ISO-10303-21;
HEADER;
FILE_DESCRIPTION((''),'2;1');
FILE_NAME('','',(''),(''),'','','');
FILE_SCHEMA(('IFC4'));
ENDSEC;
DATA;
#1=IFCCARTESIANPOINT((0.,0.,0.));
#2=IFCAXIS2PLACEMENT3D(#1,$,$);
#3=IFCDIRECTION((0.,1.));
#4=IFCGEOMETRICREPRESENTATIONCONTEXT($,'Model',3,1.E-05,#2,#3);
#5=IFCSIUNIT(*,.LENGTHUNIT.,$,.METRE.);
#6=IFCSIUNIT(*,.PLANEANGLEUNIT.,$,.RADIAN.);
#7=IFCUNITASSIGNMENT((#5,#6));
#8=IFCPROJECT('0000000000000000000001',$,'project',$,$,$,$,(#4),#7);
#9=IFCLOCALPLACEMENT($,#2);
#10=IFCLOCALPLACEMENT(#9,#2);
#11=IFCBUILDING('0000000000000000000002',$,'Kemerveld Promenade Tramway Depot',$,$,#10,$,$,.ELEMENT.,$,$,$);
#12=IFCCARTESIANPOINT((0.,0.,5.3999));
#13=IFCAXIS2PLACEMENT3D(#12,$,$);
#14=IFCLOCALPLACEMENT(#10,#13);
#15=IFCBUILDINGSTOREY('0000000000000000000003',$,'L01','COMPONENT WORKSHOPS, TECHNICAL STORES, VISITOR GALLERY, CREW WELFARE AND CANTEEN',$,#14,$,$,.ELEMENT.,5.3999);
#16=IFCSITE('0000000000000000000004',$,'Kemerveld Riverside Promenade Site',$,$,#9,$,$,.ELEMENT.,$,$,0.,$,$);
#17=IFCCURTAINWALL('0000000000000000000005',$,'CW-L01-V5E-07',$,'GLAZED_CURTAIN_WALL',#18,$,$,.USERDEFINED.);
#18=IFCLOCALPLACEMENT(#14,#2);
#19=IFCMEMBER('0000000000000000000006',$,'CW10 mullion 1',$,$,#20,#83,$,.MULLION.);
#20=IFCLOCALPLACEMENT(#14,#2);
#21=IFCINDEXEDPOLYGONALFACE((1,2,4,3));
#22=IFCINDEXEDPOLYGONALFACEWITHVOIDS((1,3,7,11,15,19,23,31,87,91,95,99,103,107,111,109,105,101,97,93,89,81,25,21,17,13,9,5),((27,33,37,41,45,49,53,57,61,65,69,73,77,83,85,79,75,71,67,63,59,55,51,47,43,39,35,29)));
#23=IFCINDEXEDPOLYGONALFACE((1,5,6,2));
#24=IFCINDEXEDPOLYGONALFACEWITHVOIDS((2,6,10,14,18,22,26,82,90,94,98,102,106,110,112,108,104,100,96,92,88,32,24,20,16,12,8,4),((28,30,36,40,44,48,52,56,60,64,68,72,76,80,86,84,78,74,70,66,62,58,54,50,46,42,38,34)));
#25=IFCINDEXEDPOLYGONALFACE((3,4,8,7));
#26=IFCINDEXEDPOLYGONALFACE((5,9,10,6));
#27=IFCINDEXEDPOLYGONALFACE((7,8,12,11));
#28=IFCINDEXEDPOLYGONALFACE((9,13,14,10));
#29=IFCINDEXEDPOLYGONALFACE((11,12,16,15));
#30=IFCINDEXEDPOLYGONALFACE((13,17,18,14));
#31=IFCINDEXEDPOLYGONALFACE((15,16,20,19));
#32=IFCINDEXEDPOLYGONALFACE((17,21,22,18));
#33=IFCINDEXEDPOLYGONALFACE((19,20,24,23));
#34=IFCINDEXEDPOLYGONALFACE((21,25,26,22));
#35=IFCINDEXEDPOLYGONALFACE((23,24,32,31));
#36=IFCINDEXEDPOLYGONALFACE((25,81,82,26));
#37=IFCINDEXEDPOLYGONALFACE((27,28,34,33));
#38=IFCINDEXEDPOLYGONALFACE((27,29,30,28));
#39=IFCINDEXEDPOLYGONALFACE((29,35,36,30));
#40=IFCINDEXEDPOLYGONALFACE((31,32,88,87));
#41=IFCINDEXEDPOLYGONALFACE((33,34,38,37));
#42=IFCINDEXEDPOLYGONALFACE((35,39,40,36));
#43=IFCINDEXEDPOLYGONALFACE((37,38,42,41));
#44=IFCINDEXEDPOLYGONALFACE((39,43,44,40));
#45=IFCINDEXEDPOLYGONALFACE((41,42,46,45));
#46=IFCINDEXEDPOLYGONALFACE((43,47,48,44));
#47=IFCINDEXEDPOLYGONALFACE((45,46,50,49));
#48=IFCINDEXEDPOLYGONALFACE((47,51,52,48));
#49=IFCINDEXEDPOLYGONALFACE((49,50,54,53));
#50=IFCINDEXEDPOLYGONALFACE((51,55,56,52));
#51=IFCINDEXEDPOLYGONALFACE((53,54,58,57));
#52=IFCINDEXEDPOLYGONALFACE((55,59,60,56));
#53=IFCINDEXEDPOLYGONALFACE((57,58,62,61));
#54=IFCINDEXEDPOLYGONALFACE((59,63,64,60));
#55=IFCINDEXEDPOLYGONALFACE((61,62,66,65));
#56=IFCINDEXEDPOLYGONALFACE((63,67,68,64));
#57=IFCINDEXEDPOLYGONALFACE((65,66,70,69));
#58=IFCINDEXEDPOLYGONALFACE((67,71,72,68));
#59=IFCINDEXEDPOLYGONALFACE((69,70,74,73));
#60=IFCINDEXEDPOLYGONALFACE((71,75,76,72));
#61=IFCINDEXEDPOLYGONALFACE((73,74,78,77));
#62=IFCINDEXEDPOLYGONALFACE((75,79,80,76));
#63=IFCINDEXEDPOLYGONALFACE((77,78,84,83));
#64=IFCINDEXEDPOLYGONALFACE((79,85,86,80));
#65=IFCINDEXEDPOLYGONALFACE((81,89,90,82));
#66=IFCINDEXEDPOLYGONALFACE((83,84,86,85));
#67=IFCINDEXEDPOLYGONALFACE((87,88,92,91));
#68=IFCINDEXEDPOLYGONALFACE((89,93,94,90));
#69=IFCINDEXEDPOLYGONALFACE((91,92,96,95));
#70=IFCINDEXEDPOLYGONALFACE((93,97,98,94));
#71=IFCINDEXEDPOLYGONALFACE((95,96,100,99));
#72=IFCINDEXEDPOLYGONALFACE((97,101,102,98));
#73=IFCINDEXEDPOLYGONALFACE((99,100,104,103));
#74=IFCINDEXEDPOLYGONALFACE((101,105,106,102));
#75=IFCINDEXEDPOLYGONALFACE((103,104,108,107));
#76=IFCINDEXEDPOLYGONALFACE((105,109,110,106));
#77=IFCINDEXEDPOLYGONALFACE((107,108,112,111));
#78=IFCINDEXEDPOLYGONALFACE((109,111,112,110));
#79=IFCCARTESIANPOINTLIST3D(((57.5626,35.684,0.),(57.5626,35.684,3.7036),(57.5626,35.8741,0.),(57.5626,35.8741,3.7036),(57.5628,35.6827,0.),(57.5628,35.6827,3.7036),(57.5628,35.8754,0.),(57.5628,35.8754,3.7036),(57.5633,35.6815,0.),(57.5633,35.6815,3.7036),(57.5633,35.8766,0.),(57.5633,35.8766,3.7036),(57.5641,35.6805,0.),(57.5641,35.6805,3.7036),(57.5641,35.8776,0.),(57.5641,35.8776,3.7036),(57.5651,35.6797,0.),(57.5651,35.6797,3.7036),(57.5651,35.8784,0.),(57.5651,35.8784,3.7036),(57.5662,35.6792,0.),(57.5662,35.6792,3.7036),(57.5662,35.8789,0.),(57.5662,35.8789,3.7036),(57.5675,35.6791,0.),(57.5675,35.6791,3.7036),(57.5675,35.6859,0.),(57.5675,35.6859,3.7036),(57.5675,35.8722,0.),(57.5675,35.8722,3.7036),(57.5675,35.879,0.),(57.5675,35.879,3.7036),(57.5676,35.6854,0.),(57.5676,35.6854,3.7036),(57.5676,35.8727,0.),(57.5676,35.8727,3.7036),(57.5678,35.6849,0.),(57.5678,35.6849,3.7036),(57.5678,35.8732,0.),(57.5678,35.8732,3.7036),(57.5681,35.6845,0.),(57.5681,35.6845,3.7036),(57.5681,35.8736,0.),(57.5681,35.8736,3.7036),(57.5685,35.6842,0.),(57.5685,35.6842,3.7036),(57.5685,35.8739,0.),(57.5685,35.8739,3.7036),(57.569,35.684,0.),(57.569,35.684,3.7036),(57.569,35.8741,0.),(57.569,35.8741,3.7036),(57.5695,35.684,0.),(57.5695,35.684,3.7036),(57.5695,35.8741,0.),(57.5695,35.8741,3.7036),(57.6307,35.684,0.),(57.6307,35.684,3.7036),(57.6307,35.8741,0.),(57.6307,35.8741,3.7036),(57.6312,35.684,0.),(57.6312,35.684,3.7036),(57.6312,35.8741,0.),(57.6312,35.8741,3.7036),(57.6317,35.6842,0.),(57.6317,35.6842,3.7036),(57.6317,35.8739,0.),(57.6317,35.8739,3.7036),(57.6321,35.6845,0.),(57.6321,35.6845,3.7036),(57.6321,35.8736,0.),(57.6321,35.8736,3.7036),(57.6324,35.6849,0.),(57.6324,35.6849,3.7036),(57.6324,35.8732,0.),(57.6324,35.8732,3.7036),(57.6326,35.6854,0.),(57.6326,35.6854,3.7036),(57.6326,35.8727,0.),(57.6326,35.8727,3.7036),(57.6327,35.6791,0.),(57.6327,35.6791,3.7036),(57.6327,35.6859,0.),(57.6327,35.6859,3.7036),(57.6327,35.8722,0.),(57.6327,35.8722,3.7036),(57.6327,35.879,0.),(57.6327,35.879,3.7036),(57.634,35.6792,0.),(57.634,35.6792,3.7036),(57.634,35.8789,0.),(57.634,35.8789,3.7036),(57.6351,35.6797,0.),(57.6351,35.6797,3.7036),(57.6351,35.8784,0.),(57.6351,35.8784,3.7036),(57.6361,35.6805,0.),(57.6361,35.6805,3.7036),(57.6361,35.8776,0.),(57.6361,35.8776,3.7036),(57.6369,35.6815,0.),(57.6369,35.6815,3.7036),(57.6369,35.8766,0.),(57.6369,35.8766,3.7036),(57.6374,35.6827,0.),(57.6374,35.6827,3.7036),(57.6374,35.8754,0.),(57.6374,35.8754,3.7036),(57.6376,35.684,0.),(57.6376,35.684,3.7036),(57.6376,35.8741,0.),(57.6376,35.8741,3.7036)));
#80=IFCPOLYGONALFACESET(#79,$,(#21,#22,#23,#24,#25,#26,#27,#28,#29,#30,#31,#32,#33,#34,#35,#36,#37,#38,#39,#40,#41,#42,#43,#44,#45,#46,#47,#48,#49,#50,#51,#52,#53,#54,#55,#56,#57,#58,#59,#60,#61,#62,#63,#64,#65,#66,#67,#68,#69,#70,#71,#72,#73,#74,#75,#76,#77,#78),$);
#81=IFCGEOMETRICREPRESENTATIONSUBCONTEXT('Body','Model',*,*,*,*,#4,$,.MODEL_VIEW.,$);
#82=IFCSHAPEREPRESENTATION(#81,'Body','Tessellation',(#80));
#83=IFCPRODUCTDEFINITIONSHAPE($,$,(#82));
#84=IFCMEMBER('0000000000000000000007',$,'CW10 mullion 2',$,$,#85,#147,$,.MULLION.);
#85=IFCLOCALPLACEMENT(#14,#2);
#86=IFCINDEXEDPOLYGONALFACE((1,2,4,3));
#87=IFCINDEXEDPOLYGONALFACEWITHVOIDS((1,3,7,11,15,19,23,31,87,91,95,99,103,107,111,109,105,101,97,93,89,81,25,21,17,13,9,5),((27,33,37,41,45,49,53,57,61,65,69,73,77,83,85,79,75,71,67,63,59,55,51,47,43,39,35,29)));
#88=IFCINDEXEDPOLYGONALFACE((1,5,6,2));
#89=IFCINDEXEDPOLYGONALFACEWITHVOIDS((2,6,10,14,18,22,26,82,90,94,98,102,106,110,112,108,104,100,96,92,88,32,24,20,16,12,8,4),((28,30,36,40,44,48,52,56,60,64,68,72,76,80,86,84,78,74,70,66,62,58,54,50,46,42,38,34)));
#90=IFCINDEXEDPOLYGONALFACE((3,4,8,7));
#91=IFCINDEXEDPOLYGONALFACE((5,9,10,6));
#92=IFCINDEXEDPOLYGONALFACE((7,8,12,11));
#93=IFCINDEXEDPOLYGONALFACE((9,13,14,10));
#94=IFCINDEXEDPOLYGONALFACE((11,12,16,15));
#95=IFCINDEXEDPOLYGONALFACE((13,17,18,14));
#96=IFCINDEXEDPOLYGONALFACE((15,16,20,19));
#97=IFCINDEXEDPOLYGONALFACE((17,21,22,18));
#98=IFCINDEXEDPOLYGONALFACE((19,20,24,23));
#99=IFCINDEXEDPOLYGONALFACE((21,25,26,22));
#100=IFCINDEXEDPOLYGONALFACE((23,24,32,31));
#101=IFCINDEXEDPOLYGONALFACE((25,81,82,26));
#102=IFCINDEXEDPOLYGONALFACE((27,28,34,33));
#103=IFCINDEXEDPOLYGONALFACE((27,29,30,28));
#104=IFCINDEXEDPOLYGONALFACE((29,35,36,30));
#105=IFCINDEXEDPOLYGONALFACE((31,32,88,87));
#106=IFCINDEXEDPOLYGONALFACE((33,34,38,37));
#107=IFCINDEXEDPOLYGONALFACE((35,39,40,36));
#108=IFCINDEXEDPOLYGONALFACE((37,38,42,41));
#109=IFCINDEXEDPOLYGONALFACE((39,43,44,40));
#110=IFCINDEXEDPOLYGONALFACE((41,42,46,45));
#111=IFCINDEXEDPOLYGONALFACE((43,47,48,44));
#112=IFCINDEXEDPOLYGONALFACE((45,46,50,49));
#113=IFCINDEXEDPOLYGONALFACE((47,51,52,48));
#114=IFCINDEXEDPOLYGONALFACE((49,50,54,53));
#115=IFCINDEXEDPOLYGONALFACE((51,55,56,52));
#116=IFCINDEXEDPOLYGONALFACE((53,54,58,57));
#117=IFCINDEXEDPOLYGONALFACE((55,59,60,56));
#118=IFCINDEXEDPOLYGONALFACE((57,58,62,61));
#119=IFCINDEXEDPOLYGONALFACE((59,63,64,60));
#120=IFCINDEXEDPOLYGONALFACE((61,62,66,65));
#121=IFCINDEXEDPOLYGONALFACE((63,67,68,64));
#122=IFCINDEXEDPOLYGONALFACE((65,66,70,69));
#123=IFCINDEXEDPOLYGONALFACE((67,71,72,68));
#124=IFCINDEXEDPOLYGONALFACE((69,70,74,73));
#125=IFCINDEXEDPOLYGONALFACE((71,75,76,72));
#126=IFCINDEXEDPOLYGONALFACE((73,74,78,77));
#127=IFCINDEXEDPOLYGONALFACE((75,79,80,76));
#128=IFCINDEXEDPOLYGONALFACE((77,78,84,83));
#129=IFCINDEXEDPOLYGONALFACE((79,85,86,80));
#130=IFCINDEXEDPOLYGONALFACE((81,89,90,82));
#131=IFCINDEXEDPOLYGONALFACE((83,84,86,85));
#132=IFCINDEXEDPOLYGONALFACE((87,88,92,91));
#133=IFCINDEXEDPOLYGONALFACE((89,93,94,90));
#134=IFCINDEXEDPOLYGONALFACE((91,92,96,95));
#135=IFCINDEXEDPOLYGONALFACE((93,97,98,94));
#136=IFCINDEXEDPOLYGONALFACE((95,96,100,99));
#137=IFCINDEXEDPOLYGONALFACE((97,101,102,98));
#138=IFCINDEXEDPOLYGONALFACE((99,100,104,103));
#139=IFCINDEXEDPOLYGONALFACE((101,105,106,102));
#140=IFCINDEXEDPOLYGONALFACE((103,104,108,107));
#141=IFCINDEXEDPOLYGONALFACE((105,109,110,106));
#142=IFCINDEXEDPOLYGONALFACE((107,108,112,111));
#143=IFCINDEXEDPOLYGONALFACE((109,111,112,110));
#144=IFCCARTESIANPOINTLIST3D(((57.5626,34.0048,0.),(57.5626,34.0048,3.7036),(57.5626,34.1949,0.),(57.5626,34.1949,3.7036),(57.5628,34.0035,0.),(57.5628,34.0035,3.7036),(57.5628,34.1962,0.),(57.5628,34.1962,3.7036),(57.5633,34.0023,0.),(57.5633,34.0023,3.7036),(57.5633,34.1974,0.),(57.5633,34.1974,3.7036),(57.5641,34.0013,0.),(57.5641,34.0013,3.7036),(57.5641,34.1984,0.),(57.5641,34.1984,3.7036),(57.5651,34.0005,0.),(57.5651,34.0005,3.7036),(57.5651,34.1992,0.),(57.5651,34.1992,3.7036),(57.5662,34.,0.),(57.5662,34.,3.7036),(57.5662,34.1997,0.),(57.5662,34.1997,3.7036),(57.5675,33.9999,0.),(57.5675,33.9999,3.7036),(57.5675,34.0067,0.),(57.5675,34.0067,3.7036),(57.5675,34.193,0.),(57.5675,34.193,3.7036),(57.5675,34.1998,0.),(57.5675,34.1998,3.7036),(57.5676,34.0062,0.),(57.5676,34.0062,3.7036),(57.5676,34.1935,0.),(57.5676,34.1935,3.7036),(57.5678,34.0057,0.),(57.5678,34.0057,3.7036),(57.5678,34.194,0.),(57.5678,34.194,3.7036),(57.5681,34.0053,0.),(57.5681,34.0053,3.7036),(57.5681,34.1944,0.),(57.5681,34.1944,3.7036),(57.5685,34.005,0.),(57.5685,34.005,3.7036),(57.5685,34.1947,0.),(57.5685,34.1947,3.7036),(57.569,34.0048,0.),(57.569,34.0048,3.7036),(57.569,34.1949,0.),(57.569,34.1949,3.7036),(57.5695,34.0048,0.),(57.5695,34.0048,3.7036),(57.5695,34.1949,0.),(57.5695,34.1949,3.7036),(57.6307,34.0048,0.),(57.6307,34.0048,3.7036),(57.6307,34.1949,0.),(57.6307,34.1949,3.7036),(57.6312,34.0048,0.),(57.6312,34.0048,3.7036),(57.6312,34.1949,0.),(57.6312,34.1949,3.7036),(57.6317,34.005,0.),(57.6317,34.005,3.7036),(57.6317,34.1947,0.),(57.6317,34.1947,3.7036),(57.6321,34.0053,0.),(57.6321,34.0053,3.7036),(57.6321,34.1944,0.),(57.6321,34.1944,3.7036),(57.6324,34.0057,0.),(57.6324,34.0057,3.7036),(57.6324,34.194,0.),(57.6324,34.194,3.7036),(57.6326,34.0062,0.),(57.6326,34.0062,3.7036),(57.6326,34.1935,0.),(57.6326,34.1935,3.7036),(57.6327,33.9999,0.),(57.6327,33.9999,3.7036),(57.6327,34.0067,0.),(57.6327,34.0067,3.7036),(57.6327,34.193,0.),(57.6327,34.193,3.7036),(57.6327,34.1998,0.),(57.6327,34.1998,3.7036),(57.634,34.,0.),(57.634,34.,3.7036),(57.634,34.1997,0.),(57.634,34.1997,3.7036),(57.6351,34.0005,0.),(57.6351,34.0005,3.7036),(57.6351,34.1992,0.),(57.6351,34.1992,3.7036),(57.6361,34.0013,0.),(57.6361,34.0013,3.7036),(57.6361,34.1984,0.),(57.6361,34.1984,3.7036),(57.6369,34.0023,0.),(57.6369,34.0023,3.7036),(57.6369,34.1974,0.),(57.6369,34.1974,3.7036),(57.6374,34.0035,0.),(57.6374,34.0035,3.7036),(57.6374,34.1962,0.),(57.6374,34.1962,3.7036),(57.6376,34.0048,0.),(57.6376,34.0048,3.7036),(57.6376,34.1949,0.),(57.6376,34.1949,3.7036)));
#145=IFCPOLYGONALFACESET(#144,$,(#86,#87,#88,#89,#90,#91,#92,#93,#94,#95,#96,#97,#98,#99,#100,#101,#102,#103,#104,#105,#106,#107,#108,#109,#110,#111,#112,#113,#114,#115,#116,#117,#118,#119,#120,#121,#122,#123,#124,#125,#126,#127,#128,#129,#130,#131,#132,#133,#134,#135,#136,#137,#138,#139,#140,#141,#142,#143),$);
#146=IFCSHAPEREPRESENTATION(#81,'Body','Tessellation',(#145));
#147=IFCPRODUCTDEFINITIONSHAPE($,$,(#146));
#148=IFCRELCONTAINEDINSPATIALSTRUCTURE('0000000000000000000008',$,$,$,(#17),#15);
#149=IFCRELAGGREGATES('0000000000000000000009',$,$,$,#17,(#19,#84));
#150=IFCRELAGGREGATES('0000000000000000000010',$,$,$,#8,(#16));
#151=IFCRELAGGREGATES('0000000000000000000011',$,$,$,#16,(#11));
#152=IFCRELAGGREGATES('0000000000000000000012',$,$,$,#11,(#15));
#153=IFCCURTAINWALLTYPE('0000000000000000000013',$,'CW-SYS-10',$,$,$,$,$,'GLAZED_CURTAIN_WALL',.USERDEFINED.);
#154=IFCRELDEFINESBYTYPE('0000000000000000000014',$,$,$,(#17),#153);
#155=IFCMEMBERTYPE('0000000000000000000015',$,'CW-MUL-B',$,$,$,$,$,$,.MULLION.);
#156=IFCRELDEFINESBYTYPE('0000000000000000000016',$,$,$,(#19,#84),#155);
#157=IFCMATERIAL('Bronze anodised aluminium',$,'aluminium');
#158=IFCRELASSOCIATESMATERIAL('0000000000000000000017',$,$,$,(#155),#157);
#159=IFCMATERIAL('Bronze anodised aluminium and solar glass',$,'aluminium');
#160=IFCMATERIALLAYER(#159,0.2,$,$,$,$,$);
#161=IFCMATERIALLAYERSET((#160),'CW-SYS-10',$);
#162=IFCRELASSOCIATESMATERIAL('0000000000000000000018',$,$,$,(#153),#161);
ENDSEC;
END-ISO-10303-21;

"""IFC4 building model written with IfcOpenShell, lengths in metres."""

from ifc_helpers import new_model, si_unit, direction, frame, origin, origin_2d, place, context, subcontext, project, spatial, hollow_rectangle, extrude, material, layer, layer_set, material_profile, profile_set, type_object, element, aggregate, save


model = new_model("IFC4")

# Units and contexts
model_context = context("Model", 3, precision=1e-05, world=origin(), true_north=direction((0.0, 1.0)))
body_context = subcontext(model_context, "Body", "Model", "MODEL_VIEW")
ifc_project = project(units=[si_unit("LENGTHUNIT", "METRE"), si_unit("PLANEANGLEUNIT", "RADIAN")], contexts=[model_context])

# Site, building, storey
site_placement = place(None, origin())
site = spatial("IfcSite", under=ifc_project, at=site_placement, Name="Kemerveld Riverside Promenade Site", CompositionType="ELEMENT", RefElevation=0.0)
building_placement = place(site_placement, origin())
building = spatial("IfcBuilding", under=site, at=building_placement, Name="Kemerveld Promenade Tramway Depot", CompositionType="ELEMENT")
storey_placement = place(building_placement, frame((0.0, 0.0, 5.3999)))
storey = spatial("IfcBuildingStorey", under=building, at=storey_placement, Name="L01", Description="COMPONENT WORKSHOPS, TECHNICAL STORES, VISITOR GALLERY, CREW WELFARE AND CANTEEN", CompositionType="ELEMENT", Elevation=5.3999)

# Shared definitions
ifc_material_1 = material(Name="Bronze anodised aluminium and solar glass", Category="aluminium")
ifc_material_2 = material(Name="Bronze anodised aluminium", Category="aluminium")
ifc_material_profile_1 = material_profile(ifc_material_2, hollow_rectangle(XDim=0.075, YDim=0.2, WallThickness=0.0049, InnerFilletRadius=0.002, OuterFilletRadius=0.0049, at=origin_2d()), Name="CW-MUL-200x75")
ifc_profile_set_1 = profile_set([ifc_material_profile_1], Name="Bronze anodised aluminium")
member_type_1 = type_object("IfcMemberType", Name="CW-MUL-B", PredefinedType="MULLION", material=ifc_profile_set_1)

# Curtain wall, members
ifc_layer_1 = layer(ifc_material_1, 0.2)
ifc_layer_set_1 = layer_set([ifc_layer_1], Name="CW-SYS-10")
curtain_wall_type_1 = type_object("IfcCurtainWallType", Name="CW-SYS-10", ElementType="GLAZED_CURTAIN_WALL", PredefinedType="USERDEFINED", material=ifc_layer_set_1)
curtain_wall_1_placement = place(storey_placement, origin())
curtain_wall_1 = element("IfcCurtainWall", 1, at=curtain_wall_1_placement, inside=storey, type_object=curtain_wall_type_1, Name="CW-L01-V5E-07", ObjectType="GLAZED_CURTAIN_WALL", PredefinedType="USERDEFINED")
member_1_placement = place(storey_placement, frame((57.6001, 35.7791, 0.0), z_axis=(0.0, 0.0, 1.0), x_axis=(1.0, 0.0, 0.0)))
member_1 = element("IfcMember", 2, at=member_1_placement, type_object=member_type_1, Name="CW10 mullion 1", PredefinedType="MULLION", context=body_context, shape_type="SweptSolid", body=[
    extrude(hollow_rectangle(XDim=0.075, YDim=0.2, WallThickness=0.0049, InnerFilletRadius=0.002, OuterFilletRadius=0.0049, at=origin_2d()), origin(), (0.0, 0.0, 1.0), 3.7036),
])
member_2_placement = place(storey_placement, frame((57.6001, 34.0999, 0.0), z_axis=(0.0, 0.0, 1.0), x_axis=(1.0, 0.0, 0.0)))
member_2 = element("IfcMember", 3, at=member_2_placement, type_object=member_type_1, Name="CW10 mullion 2", PredefinedType="MULLION", context=body_context, shape_type="SweptSolid", body=[
    extrude(hollow_rectangle(XDim=0.075, YDim=0.2, WallThickness=0.0049, InnerFilletRadius=0.002, OuterFilletRadius=0.0049, at=origin_2d()), origin(), (0.0, 0.0, 1.0), 3.7036),
])
aggregate(curtain_wall_1, [member_1, member_2])

save(model, "model.ifc")
